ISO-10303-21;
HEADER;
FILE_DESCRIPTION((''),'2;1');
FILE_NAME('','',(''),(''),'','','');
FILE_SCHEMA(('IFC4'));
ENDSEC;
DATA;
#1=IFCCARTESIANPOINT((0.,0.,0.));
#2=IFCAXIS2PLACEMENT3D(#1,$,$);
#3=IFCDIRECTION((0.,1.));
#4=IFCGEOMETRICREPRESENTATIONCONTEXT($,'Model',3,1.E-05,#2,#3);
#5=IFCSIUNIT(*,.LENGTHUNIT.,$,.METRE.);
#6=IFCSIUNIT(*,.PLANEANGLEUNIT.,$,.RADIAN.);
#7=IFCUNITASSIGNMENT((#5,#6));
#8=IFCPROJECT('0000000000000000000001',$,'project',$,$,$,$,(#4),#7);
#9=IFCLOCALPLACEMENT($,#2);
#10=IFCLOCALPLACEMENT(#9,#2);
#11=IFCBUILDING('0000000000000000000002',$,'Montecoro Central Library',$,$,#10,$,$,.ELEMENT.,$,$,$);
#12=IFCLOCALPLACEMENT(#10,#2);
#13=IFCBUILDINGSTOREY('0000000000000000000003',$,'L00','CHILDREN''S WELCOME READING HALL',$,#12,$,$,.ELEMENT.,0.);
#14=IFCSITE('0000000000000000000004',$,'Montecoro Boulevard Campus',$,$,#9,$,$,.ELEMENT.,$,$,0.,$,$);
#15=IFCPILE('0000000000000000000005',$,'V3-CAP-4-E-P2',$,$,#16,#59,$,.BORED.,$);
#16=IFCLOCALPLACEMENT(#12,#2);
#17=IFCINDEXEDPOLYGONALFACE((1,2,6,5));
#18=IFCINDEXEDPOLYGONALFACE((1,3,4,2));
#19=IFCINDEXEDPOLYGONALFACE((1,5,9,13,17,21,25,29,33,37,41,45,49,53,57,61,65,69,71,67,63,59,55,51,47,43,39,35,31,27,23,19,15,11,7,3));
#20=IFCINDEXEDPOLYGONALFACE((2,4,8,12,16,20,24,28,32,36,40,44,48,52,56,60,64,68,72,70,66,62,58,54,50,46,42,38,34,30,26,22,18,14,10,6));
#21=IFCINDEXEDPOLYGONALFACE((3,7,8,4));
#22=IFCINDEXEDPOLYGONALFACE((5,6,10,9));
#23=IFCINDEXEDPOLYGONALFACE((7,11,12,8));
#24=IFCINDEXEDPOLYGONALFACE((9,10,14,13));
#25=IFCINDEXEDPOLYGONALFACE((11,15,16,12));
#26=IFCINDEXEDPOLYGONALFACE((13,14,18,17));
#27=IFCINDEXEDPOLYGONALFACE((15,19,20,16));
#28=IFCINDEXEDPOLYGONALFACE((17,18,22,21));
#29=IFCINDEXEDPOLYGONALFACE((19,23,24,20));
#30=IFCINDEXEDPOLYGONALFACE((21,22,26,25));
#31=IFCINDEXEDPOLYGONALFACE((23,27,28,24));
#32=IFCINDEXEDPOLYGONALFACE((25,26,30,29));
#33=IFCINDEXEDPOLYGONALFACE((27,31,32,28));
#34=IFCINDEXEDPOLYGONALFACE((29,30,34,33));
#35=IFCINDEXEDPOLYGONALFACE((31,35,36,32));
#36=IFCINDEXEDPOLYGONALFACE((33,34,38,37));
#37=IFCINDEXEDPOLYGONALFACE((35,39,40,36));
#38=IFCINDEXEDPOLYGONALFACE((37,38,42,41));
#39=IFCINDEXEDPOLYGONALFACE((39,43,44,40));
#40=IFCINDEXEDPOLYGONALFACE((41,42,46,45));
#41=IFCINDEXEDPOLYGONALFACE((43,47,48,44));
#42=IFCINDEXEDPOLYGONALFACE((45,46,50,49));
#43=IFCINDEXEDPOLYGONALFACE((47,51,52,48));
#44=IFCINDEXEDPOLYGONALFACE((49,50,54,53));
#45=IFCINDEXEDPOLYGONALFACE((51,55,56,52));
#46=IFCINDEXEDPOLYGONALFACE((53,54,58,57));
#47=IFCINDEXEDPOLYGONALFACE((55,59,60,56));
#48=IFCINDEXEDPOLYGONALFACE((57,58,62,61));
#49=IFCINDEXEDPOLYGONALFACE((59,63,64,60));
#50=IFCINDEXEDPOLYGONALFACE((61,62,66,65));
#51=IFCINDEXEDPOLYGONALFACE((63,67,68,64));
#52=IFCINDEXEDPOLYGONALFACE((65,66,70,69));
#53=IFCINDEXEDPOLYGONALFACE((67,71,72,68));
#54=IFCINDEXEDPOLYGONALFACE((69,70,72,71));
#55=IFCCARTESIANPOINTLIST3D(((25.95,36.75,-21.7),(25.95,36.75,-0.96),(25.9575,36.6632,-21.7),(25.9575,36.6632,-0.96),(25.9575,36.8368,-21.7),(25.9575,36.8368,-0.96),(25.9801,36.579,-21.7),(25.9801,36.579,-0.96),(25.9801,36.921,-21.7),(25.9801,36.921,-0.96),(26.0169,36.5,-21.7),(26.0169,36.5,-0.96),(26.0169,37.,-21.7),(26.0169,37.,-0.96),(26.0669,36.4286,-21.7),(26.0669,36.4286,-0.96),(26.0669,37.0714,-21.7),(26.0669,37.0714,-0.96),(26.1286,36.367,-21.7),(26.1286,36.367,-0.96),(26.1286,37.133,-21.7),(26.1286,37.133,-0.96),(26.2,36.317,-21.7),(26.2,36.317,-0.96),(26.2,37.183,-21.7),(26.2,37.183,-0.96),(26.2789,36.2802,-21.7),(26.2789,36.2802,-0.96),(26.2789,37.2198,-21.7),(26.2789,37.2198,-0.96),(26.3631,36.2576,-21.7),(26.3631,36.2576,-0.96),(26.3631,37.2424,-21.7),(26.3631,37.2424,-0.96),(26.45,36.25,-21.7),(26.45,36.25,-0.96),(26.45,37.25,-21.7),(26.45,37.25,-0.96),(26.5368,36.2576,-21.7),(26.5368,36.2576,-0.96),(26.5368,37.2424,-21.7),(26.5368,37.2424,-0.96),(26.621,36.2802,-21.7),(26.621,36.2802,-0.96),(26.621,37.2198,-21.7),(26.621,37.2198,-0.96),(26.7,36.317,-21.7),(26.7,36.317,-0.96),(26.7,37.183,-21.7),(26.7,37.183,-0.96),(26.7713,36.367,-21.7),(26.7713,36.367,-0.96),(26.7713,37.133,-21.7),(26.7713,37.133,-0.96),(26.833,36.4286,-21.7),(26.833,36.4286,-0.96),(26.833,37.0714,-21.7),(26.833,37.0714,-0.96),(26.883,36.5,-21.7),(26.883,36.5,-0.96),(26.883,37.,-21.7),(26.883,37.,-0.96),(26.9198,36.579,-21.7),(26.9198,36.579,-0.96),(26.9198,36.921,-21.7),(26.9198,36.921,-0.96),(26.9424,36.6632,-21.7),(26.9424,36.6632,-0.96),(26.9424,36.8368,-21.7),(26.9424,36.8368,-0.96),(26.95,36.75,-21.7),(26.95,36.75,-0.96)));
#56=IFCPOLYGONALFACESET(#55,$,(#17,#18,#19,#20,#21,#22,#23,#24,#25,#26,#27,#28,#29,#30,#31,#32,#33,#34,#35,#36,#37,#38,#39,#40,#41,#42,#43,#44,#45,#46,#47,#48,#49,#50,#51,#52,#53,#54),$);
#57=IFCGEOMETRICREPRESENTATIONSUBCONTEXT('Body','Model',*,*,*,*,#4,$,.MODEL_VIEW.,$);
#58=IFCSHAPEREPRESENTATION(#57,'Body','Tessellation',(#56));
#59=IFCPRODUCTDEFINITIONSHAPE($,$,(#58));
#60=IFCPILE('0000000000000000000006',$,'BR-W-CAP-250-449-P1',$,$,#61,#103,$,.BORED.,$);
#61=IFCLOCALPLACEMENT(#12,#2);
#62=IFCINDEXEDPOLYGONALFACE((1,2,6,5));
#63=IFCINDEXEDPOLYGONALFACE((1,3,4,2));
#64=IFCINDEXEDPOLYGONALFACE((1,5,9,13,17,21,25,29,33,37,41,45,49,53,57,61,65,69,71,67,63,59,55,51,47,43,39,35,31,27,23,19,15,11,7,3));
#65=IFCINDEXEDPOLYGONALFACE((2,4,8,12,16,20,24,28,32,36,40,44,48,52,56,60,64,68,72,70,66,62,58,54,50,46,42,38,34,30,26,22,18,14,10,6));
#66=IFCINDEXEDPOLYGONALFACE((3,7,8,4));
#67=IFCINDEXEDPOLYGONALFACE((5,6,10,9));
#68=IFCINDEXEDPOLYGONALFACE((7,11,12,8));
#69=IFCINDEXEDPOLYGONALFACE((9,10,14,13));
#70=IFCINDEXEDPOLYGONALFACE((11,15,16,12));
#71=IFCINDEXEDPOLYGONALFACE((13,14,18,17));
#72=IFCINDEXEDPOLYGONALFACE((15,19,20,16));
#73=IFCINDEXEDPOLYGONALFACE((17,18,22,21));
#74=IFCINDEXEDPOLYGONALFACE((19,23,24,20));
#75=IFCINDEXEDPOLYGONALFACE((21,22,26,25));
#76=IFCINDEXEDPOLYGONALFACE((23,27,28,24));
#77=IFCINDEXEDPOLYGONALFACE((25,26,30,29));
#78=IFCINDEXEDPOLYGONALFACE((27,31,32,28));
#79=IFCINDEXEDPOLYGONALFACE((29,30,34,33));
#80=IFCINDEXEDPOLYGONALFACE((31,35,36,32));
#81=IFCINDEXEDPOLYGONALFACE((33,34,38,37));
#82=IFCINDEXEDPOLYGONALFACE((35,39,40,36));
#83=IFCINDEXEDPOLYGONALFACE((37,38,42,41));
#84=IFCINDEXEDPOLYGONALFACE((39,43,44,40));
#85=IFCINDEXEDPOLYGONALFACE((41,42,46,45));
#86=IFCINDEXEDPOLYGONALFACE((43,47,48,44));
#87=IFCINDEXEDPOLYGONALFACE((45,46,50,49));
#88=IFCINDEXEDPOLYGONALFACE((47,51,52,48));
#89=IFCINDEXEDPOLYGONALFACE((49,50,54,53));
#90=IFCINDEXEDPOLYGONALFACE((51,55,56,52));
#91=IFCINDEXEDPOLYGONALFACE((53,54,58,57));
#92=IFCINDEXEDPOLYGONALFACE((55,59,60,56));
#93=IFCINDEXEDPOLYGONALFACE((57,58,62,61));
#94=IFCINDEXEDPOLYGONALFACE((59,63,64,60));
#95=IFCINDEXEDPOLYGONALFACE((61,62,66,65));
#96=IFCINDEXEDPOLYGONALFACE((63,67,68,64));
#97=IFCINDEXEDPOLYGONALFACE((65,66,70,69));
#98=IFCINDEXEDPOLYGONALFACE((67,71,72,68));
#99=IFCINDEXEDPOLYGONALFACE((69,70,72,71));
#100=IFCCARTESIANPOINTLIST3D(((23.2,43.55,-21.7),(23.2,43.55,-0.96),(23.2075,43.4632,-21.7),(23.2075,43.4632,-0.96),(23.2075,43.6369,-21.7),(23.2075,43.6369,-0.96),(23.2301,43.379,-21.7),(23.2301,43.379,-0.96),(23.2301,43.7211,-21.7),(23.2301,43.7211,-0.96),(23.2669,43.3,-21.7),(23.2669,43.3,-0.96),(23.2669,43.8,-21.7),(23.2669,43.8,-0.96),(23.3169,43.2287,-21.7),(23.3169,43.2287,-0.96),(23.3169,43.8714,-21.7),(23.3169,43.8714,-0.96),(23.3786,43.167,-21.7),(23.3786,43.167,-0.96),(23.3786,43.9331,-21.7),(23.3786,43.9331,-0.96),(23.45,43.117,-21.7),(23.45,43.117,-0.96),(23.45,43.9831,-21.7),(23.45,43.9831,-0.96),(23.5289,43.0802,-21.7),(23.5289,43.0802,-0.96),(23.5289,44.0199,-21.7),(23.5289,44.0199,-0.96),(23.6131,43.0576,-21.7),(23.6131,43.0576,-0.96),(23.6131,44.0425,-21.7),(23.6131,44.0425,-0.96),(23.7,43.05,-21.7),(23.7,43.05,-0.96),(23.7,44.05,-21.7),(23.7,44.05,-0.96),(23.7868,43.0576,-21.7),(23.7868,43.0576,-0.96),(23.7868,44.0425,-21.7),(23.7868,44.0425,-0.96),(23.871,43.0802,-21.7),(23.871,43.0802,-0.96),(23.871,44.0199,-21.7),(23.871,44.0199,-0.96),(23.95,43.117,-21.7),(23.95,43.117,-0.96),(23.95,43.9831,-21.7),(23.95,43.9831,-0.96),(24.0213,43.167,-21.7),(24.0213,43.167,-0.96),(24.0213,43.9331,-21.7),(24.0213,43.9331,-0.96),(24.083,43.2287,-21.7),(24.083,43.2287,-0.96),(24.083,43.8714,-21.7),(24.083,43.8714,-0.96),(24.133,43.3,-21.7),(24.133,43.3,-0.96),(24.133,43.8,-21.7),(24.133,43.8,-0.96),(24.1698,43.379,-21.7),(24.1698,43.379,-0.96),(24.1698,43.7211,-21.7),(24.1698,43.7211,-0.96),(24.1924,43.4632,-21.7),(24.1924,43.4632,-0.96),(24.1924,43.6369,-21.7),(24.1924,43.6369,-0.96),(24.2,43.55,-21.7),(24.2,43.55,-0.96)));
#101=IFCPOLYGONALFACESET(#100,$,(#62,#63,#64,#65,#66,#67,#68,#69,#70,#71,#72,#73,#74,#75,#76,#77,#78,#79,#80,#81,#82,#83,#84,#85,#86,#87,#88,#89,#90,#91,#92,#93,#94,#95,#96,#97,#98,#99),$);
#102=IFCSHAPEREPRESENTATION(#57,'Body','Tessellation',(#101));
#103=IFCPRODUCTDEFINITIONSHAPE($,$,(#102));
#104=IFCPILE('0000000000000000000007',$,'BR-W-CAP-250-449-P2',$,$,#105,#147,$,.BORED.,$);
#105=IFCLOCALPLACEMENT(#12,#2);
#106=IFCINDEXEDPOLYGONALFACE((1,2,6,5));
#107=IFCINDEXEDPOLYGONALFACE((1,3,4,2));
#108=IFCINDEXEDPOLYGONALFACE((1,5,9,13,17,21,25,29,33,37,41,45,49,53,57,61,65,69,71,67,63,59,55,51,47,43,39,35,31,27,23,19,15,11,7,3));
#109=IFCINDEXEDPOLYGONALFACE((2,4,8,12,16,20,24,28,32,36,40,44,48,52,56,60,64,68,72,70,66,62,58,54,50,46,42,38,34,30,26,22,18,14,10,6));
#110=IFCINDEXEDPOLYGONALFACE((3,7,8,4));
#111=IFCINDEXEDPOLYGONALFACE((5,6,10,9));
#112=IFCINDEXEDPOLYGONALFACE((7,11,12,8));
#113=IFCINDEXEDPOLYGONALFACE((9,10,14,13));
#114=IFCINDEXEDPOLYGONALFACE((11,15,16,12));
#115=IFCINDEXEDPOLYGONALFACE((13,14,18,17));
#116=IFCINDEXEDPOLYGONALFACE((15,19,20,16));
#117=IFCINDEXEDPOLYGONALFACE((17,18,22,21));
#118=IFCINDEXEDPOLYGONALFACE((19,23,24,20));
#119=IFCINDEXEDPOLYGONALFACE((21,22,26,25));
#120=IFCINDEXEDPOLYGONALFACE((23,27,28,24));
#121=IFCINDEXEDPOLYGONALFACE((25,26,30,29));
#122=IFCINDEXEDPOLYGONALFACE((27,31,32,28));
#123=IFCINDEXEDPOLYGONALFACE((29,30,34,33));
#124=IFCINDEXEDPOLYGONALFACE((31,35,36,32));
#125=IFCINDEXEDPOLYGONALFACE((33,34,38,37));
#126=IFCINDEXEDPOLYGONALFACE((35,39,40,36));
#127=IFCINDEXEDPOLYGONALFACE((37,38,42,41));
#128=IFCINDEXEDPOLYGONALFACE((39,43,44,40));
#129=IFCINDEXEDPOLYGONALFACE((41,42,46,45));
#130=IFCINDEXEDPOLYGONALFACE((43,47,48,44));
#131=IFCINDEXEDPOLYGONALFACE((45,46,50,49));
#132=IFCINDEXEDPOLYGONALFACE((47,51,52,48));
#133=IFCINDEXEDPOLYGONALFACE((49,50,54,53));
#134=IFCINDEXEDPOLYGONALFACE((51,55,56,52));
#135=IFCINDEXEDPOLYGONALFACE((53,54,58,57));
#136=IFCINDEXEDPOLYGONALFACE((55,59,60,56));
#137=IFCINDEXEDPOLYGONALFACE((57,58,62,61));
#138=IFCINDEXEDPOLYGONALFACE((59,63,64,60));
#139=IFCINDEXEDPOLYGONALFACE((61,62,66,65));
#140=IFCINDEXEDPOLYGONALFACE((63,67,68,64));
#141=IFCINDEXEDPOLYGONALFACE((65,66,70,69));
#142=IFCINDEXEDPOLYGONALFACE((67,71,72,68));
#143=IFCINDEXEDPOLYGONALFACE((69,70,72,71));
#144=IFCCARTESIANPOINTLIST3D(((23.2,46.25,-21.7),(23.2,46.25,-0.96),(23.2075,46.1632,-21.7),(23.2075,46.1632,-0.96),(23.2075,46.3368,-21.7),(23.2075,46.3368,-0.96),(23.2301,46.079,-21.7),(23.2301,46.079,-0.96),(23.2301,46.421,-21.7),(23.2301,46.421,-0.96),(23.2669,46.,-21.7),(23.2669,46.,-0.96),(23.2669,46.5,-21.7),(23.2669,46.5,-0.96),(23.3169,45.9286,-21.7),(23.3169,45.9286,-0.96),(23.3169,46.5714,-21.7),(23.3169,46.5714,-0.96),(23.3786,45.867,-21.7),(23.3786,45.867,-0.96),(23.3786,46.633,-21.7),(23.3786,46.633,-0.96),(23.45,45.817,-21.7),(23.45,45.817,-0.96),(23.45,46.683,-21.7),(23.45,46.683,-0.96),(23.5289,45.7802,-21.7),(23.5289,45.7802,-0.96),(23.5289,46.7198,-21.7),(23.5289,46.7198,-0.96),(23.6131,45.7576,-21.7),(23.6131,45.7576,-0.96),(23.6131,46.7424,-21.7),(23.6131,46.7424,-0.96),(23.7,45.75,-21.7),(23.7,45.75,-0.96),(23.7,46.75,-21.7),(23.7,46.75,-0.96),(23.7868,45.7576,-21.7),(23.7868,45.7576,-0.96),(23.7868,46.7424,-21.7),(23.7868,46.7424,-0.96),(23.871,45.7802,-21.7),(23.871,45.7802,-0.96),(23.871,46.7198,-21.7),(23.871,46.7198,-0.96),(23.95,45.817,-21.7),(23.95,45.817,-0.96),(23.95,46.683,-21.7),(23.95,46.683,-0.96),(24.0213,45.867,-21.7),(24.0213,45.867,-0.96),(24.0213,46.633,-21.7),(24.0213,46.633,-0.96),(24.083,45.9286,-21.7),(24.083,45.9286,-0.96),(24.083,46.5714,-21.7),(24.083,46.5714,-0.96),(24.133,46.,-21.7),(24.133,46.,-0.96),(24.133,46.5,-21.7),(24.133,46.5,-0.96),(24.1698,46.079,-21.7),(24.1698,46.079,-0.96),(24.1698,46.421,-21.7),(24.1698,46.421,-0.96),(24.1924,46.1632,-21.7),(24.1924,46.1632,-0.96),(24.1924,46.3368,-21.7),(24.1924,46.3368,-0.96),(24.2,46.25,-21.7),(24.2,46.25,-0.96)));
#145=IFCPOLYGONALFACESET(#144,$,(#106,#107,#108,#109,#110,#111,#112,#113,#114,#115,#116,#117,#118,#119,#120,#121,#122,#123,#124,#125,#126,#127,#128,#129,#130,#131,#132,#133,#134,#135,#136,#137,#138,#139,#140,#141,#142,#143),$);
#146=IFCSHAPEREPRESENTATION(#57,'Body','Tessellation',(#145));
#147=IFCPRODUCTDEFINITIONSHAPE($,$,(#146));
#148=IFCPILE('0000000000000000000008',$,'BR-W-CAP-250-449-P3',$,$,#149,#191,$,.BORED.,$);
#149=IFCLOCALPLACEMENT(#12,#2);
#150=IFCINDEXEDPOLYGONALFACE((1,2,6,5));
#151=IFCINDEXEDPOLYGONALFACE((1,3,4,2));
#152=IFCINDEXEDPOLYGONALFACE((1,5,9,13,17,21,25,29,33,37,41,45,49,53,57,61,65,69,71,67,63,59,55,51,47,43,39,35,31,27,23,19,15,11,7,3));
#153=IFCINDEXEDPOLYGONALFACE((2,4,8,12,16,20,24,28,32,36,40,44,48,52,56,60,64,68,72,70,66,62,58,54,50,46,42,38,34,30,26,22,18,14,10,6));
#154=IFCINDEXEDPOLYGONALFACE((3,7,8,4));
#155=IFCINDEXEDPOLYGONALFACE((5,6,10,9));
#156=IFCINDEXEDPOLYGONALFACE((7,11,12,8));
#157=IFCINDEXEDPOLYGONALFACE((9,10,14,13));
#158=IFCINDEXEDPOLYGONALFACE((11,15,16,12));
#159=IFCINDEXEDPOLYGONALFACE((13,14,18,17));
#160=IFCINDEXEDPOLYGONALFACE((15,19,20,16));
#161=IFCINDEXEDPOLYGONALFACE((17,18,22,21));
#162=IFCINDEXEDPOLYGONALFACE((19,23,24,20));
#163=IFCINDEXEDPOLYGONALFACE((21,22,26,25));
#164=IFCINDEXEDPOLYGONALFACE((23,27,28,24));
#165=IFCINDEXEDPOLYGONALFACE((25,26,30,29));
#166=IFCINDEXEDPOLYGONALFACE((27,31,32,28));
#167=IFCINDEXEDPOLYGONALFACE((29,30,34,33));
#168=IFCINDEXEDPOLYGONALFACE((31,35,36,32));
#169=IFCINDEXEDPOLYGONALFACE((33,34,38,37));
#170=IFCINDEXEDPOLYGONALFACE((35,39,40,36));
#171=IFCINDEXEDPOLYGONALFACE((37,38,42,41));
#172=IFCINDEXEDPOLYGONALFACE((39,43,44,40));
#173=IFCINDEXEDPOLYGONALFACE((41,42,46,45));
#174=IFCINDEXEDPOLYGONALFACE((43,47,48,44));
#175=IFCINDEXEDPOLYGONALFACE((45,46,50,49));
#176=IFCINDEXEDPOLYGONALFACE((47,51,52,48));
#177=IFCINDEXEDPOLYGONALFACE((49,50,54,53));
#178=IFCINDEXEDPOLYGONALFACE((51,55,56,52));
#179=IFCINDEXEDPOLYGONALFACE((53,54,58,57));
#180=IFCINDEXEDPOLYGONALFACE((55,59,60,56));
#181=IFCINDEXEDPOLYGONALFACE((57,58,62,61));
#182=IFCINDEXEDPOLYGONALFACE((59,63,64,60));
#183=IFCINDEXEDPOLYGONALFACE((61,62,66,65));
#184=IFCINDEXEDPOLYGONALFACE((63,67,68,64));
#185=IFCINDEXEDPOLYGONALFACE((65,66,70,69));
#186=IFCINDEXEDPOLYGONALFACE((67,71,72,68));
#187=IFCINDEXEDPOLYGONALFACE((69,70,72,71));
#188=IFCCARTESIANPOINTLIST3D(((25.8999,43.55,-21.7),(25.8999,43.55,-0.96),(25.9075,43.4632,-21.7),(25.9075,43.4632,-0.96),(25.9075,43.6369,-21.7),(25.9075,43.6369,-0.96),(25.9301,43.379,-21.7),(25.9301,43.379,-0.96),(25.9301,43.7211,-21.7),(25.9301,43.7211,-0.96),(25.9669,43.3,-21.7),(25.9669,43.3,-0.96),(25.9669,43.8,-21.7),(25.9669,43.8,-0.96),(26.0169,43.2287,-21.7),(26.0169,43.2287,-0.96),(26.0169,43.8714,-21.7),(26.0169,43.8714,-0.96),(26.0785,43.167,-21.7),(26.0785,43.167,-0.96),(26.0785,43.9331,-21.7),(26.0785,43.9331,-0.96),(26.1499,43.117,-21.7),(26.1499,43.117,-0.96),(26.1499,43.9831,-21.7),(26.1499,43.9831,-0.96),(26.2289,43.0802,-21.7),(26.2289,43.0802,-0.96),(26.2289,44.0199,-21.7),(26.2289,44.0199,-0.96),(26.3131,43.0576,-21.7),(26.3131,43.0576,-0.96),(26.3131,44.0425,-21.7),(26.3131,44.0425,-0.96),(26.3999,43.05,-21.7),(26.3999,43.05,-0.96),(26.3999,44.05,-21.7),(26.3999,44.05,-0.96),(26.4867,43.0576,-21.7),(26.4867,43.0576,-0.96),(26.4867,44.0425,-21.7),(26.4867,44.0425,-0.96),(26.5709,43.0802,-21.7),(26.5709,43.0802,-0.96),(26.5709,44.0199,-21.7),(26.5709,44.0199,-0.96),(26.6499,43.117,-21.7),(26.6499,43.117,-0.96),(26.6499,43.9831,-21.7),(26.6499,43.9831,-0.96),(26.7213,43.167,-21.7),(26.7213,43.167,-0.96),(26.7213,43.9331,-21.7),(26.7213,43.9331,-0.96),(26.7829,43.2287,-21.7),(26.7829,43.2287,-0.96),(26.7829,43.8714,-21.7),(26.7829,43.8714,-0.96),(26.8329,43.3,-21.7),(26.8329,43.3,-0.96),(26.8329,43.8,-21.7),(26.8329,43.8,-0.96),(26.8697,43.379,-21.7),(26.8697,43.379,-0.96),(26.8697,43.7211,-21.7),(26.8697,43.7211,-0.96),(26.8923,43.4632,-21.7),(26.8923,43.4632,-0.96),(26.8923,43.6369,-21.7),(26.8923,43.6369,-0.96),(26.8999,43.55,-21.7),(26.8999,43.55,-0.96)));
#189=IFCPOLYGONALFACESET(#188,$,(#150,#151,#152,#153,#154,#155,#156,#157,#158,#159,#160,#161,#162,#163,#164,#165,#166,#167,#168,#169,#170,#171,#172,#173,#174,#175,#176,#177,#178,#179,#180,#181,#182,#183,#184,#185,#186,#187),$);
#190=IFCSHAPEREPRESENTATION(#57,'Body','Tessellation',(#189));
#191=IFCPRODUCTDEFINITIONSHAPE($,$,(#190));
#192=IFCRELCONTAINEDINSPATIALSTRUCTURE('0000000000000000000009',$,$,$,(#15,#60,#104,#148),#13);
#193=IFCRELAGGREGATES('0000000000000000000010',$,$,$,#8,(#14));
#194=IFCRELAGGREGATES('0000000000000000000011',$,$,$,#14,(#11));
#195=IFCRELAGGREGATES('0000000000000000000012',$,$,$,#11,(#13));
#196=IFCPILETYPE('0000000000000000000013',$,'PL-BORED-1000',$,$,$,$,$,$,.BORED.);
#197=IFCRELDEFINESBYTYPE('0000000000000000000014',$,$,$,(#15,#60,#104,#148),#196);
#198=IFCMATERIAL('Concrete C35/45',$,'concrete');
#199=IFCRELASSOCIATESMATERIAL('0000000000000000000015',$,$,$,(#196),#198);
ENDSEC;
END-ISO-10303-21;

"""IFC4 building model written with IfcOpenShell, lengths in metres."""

from ifc_helpers import new_model, si_unit, direction, frame, origin, origin_2d, place, context, subcontext, project, spatial, circle, extrude, material, material_profile, profile_set, type_object, element, save


model = new_model("IFC4")

# Units and contexts
model_context = context("Model", 3, precision=1e-05, world=origin(), true_north=direction((0.0, 1.0)))
body_context = subcontext(model_context, "Body", "Model", "MODEL_VIEW")
ifc_project = project(units=[si_unit("LENGTHUNIT", "METRE"), si_unit("PLANEANGLEUNIT", "RADIAN")], contexts=[model_context])

# Site, building, storey
site_placement = place(None, origin())
site = spatial("IfcSite", under=ifc_project, at=site_placement, Name="Montecoro Boulevard Campus", CompositionType="ELEMENT", RefElevation=0.0)
building_placement = place(site_placement, origin())
building = spatial("IfcBuilding", under=site, at=building_placement, Name="Montecoro Central Library", CompositionType="ELEMENT")
storey_placement = place(building_placement, origin())
storey = spatial("IfcBuildingStorey", under=building, at=storey_placement, Name="L00", Description="CHILDREN'S WELCOME READING HALL", CompositionType="ELEMENT", Elevation=0.0)

# Shared definitions
ifc_material_1 = material(Name="Concrete C35/45", Category="concrete")

# Piles
ifc_material_profile_1 = material_profile(ifc_material_1, circle(Radius=0.5, at=origin_2d()), Name="PILE D1000")
ifc_profile_set_1 = profile_set([ifc_material_profile_1], Name="Concrete C35/45")
pile_type_1 = type_object("IfcPileType", Name="PL-BORED-1000", PredefinedType="BORED", material=ifc_profile_set_1)
for number, where, z_axis, x_axis, name in (
    (1, (26.45, 36.75, -0.96), (0.0, 0.0, -1.0), (1.0, 0.0, 0.0), "V3-CAP-4-E-P2"),
    (2, (23.7, 43.55, -0.96), (0.0, 0.0, -1.0), (1.0, 0.0, 0.0), "BR-W-CAP-250-449-P1"),
    (3, (23.7, 46.25, -0.96), (0.0, 0.0, -1.0), (1.0, 0.0, 0.0), "BR-W-CAP-250-449-P2"),
    (4, (26.3999, 43.55, -0.96), (0.0, 0.0, -1.0), (1.0, 0.0, 0.0), "BR-W-CAP-250-449-P3"),
):
    element("IfcPile", number, at=place(storey_placement, frame(where, z_axis=z_axis, x_axis=x_axis)), inside=storey, type_object=pile_type_1, Name=name, PredefinedType="BORED", context=body_context, shape_type="SweptSolid", body=[
        extrude(circle(Radius=0.5, at=origin_2d()), origin(), (0.0, 0.0, 1.0), 20.74),
    ])

save(model, "model.ifc")
